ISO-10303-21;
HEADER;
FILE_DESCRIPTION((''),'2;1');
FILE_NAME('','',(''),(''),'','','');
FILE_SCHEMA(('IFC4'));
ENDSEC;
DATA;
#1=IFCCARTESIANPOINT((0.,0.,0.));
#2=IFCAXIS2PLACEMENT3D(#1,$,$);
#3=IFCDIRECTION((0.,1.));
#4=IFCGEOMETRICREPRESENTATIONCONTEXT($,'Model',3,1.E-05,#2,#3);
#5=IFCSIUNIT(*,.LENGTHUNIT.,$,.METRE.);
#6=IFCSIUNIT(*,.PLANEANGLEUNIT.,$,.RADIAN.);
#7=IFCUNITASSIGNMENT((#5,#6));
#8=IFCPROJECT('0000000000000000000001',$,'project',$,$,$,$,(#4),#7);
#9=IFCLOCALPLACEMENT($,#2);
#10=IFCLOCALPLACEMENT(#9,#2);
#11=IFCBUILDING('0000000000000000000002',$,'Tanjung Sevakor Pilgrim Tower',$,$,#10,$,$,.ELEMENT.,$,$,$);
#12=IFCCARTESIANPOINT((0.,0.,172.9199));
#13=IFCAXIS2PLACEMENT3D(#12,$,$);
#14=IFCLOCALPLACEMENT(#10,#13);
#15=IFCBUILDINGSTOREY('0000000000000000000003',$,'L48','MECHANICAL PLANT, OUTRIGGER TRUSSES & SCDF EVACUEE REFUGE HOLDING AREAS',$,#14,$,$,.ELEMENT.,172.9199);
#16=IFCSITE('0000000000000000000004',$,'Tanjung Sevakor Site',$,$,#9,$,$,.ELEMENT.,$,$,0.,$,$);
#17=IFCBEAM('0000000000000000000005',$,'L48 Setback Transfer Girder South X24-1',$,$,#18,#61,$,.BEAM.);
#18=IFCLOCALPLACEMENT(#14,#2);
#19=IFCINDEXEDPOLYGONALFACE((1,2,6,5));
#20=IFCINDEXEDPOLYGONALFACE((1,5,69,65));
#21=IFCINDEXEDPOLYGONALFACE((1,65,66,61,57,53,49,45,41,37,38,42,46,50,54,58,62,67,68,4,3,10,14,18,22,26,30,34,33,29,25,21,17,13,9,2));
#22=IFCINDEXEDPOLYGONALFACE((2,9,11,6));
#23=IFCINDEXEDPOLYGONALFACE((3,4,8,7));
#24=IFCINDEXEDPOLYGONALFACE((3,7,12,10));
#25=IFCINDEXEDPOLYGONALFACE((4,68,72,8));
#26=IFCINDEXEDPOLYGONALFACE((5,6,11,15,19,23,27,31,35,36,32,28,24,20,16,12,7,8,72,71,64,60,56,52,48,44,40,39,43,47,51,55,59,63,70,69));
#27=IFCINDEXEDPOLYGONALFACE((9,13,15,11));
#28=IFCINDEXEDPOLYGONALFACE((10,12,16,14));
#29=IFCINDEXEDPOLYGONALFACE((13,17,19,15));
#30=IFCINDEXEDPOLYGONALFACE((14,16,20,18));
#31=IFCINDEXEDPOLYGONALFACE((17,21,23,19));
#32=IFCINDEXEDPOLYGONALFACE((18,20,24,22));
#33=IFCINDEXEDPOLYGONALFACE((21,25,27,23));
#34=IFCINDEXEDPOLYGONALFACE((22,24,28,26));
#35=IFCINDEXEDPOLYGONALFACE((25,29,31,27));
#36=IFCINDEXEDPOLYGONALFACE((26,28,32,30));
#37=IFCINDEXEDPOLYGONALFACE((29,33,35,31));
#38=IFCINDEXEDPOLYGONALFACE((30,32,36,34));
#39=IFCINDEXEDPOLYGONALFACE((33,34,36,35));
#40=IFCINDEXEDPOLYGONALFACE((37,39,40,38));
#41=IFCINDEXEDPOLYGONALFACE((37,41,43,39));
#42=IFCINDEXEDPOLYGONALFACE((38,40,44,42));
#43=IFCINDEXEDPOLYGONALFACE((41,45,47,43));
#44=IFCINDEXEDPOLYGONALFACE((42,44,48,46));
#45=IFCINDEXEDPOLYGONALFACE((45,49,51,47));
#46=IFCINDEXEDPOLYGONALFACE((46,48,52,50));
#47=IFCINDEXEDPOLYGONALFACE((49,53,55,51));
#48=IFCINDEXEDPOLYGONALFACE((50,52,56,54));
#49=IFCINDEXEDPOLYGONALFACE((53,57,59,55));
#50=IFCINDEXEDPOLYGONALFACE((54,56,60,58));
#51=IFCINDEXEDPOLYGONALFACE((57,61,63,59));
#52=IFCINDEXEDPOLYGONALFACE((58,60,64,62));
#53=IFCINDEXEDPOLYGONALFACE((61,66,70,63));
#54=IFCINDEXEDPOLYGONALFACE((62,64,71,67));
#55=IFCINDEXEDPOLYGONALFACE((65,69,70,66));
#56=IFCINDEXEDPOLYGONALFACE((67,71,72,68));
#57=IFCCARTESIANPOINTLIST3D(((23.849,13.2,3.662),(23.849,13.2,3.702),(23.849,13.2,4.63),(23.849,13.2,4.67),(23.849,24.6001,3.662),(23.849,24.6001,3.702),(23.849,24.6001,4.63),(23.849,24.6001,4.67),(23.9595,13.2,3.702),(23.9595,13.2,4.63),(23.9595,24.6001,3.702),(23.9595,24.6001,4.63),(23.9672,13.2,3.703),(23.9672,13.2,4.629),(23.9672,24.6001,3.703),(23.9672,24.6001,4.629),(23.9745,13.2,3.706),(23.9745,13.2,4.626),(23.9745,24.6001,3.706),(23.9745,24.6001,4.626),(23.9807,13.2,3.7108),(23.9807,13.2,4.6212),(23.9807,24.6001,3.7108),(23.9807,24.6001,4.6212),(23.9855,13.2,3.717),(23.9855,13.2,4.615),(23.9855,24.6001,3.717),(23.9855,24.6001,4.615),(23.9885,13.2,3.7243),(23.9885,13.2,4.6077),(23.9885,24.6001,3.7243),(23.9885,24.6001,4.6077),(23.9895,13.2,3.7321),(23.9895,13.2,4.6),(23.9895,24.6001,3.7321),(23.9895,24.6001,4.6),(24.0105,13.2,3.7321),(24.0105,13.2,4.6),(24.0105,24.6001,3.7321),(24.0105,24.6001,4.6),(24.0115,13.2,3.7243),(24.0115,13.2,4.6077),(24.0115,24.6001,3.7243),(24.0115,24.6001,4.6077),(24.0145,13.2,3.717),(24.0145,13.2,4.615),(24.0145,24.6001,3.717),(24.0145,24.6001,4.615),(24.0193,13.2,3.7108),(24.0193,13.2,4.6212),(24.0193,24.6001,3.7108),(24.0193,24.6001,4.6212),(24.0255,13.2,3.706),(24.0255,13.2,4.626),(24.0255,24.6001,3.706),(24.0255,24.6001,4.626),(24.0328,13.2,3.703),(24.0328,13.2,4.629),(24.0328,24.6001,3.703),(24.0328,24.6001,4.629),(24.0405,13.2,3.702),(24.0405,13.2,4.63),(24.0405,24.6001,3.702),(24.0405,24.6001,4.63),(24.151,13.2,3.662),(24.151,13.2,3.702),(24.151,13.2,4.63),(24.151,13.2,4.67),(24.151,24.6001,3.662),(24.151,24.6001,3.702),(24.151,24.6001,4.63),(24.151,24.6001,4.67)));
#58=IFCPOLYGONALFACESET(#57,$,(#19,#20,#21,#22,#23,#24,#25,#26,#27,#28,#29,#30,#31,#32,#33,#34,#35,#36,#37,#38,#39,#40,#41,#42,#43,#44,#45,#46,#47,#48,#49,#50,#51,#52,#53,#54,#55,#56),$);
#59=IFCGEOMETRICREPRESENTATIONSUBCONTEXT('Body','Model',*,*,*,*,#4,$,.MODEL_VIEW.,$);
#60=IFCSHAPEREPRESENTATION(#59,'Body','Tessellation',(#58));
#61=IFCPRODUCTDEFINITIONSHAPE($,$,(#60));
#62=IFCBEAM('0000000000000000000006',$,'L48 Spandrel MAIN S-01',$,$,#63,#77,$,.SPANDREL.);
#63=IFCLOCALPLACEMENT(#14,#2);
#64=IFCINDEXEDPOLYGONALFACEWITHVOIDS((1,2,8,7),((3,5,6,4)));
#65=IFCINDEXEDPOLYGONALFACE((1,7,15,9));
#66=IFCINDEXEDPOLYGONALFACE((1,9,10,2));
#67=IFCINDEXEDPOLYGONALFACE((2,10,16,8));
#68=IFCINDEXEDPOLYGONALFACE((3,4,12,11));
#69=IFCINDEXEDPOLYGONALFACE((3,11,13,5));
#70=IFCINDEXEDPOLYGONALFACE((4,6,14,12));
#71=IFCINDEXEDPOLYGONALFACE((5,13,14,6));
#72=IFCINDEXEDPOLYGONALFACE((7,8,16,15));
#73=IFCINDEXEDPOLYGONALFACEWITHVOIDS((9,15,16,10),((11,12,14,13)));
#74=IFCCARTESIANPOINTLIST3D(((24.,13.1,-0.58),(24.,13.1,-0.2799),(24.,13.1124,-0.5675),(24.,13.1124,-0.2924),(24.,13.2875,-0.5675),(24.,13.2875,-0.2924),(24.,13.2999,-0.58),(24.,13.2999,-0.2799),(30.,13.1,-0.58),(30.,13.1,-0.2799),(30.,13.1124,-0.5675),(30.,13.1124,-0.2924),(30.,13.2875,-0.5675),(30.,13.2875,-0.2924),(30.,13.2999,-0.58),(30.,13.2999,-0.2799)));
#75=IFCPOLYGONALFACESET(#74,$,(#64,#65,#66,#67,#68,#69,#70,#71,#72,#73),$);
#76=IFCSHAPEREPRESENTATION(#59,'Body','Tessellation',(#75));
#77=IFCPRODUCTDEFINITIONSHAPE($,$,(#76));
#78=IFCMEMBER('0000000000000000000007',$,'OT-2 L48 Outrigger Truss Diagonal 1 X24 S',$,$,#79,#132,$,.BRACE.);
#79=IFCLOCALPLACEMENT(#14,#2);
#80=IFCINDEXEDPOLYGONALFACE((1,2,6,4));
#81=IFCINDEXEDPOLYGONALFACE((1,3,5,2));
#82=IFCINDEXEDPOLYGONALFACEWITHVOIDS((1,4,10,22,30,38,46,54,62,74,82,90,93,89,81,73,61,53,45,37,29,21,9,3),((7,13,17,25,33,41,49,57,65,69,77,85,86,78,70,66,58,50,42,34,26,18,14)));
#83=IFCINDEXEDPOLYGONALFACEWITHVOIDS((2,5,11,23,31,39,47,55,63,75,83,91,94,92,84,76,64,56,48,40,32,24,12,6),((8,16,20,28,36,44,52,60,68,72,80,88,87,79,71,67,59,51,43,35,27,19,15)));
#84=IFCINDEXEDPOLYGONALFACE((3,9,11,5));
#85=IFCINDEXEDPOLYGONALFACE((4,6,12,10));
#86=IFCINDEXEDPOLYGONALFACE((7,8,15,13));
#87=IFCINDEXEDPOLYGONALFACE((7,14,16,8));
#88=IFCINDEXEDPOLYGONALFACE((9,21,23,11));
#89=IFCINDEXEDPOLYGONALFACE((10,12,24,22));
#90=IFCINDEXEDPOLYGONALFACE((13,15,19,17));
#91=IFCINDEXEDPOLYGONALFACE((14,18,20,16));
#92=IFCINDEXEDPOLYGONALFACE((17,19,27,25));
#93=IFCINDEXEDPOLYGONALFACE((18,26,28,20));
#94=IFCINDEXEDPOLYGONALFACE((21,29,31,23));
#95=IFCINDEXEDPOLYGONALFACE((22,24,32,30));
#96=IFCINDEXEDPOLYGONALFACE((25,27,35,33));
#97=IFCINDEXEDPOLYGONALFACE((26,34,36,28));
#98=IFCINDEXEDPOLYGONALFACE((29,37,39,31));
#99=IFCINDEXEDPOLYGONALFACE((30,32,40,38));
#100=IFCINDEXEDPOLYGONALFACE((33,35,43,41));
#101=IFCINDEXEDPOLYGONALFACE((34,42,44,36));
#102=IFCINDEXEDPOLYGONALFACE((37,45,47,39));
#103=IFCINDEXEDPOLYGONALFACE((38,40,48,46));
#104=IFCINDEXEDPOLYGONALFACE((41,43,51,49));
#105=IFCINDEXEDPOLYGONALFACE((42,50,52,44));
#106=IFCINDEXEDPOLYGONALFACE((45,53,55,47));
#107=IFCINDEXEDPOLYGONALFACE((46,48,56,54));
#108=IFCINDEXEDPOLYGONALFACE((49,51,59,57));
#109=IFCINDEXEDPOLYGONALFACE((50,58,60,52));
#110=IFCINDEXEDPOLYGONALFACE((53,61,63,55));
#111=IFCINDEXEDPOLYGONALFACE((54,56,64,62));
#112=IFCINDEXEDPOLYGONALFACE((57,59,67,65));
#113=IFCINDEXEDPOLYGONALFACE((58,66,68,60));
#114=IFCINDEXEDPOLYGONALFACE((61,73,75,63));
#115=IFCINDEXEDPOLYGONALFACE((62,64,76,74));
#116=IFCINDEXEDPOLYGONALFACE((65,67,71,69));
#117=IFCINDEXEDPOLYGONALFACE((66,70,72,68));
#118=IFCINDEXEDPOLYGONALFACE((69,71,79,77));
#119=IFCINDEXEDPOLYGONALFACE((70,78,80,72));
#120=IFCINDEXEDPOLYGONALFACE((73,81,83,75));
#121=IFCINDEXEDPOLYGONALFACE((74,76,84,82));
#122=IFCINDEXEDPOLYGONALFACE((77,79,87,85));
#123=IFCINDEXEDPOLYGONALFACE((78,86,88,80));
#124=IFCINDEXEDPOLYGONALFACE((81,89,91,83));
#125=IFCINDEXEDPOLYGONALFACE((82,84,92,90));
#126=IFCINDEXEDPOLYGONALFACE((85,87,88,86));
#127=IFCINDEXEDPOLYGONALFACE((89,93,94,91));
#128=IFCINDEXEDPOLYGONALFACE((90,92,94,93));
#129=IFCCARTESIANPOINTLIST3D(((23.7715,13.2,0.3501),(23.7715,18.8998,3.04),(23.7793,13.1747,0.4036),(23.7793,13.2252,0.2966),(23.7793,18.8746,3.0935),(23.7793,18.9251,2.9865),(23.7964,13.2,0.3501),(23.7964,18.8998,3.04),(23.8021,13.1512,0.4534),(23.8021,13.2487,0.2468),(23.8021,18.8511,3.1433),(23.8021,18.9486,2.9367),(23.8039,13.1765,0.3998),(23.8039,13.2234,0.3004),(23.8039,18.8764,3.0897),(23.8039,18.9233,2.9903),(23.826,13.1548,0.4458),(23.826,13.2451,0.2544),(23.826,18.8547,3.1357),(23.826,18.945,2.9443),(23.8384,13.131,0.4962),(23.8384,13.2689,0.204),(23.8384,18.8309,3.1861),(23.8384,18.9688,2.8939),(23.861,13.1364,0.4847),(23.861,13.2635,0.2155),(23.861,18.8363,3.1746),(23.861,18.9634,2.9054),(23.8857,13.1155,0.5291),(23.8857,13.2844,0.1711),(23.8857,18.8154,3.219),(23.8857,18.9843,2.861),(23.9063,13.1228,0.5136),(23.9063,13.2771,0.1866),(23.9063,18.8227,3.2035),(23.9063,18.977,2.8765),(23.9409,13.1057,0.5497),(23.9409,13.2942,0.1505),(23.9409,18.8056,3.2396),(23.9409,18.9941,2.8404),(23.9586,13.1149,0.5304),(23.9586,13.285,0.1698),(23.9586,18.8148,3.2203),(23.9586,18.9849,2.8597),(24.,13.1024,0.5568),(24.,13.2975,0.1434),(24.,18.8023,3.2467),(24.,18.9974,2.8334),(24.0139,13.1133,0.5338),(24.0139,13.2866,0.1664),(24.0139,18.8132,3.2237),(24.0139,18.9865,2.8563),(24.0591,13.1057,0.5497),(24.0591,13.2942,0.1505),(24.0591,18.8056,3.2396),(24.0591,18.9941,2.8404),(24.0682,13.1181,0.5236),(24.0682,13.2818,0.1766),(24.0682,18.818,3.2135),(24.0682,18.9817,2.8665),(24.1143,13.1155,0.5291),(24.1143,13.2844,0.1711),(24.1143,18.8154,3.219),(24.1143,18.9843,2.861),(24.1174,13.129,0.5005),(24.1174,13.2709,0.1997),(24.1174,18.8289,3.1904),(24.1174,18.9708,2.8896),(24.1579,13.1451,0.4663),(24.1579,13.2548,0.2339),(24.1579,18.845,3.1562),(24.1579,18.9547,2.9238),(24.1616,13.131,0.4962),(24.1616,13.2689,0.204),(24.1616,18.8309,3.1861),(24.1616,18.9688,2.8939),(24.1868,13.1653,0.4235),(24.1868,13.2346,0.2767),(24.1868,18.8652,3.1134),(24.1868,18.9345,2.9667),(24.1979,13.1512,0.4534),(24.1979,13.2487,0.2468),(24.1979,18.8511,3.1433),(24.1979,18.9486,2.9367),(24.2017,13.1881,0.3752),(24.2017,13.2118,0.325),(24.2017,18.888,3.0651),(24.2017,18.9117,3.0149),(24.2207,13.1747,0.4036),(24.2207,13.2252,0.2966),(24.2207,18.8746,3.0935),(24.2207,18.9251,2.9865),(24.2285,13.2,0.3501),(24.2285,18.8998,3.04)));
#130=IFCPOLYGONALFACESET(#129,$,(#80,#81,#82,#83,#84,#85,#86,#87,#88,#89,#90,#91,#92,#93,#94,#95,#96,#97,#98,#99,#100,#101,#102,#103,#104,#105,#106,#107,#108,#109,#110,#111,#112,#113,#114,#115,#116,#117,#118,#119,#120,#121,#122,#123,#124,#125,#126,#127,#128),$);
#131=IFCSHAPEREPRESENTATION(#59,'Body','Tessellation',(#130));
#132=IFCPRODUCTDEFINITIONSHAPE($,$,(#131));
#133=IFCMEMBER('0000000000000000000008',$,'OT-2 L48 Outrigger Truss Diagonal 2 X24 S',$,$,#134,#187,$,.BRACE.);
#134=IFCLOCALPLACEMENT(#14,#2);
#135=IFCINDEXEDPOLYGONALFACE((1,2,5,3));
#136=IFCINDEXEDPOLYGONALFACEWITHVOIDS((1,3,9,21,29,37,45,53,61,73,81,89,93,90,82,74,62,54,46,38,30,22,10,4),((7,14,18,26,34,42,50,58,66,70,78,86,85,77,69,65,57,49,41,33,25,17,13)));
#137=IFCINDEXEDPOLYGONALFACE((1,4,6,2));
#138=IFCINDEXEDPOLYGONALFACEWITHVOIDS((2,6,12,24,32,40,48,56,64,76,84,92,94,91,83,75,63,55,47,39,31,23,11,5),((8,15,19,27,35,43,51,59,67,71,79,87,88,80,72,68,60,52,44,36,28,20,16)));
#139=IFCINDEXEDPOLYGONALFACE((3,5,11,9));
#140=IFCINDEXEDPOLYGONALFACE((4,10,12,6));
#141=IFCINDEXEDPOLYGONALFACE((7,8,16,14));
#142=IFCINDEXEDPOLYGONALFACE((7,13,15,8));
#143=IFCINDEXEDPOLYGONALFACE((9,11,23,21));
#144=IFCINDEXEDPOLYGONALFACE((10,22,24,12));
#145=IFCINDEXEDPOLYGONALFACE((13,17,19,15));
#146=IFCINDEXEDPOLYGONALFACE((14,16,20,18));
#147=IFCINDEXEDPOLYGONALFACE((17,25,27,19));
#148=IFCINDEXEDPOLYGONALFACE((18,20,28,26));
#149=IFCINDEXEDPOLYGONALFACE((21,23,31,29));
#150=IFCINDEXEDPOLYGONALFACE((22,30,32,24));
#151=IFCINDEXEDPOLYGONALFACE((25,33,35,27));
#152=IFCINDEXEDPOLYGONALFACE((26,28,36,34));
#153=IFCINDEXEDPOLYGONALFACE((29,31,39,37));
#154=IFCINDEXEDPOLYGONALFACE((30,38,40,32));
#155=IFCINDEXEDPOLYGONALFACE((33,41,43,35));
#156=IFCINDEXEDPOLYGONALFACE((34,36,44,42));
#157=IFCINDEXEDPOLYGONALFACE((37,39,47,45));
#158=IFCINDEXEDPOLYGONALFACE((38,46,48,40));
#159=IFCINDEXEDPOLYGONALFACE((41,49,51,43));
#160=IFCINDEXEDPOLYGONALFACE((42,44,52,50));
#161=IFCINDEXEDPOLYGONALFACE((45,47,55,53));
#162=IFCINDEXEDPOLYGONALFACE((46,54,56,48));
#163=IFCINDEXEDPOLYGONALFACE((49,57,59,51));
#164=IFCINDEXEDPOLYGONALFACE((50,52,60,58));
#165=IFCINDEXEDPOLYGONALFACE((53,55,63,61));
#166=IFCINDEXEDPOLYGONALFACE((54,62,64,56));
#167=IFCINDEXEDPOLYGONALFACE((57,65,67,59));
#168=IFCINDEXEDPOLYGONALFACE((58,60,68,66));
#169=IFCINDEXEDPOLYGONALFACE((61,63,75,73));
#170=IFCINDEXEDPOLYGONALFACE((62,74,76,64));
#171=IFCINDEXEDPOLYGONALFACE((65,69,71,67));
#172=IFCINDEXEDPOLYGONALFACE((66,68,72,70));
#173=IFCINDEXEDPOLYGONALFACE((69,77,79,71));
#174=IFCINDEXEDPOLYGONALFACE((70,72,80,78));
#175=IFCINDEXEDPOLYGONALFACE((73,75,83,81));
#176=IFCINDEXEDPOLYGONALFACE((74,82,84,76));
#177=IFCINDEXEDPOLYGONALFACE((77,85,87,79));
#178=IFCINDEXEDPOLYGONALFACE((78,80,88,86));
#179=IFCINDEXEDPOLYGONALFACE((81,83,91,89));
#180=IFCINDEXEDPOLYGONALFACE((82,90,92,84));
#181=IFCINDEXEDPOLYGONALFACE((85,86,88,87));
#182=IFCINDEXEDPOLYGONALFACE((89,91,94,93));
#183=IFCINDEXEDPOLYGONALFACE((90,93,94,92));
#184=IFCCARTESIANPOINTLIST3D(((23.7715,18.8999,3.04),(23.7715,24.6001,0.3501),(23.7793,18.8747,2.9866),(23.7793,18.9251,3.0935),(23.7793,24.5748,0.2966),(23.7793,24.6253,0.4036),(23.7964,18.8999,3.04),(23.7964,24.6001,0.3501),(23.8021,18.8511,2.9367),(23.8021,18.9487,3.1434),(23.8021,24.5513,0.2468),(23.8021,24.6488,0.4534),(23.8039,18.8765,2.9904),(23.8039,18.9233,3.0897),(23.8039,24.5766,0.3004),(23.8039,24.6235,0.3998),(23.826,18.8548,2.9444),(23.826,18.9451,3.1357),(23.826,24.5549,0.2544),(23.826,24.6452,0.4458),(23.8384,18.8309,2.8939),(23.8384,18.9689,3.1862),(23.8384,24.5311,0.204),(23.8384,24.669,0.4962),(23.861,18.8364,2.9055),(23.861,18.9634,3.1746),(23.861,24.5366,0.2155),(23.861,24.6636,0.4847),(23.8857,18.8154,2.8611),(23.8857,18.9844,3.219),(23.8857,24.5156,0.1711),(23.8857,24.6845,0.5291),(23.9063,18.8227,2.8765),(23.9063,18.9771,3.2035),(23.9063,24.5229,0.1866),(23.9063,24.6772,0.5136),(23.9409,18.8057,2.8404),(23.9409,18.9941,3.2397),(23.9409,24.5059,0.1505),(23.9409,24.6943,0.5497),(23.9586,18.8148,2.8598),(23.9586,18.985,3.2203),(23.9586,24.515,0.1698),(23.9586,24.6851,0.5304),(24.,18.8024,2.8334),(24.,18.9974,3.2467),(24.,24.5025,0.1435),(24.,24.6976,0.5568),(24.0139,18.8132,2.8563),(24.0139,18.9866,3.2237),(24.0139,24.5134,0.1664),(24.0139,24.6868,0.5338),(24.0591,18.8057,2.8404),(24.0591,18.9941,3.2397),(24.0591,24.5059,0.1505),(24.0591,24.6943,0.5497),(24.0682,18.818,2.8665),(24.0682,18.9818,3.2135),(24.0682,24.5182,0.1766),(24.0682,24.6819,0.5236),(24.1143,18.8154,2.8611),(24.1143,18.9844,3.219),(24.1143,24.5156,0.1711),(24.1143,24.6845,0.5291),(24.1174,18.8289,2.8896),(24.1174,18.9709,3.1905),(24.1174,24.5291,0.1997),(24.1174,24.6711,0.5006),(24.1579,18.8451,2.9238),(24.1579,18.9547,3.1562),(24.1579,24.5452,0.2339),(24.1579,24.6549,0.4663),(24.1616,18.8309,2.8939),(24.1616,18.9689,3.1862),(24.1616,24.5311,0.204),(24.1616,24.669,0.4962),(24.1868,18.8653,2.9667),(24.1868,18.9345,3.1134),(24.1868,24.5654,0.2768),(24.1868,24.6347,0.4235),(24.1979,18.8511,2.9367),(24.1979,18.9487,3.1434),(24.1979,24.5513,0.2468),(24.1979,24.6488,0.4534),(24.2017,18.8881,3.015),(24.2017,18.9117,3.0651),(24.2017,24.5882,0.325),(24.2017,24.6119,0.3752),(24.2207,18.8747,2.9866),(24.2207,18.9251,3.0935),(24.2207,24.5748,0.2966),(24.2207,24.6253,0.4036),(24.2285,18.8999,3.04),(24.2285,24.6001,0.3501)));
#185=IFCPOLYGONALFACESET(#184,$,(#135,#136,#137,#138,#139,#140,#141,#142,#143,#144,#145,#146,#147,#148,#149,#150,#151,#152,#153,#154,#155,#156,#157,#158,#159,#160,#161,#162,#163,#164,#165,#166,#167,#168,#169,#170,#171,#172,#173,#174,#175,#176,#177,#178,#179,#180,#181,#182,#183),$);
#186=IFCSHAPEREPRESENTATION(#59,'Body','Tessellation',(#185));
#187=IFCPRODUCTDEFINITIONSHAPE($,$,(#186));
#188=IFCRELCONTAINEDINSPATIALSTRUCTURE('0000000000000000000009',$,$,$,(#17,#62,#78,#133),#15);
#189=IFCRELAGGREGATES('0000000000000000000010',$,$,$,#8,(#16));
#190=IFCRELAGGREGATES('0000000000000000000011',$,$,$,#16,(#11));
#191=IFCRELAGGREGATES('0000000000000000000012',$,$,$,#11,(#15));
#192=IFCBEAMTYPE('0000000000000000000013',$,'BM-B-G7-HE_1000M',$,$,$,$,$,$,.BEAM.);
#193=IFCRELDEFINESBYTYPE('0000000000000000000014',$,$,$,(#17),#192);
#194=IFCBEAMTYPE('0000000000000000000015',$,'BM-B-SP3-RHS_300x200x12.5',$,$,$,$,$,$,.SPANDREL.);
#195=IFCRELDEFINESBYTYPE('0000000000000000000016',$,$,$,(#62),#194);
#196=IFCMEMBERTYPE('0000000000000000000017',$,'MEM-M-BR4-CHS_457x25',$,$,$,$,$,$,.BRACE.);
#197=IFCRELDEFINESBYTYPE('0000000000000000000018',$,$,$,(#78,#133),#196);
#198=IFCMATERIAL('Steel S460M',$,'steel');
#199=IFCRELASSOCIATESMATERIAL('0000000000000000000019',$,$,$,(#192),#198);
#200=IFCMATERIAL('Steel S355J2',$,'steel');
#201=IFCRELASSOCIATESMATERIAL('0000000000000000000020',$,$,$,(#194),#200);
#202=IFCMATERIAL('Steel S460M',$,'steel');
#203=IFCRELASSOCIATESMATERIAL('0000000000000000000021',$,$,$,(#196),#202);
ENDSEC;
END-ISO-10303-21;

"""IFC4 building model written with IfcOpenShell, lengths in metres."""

from ifc_helpers import new_model, si_unit, direction, frame, origin, origin_2d, place, context, subcontext, project, spatial, hollow_rectangle, hollow_circle, i_section, extrude, material, material_profile, profile_set, type_object, element, save


model = new_model("IFC4")

# Units and contexts
model_context = context("Model", 3, precision=1e-05, world=origin(), true_north=direction((0.0, 1.0)))
body_context = subcontext(model_context, "Body", "Model", "MODEL_VIEW")
ifc_project = project(units=[si_unit("LENGTHUNIT", "METRE"), si_unit("PLANEANGLEUNIT", "RADIAN")], contexts=[model_context])

# Site, building, storey
site_placement = place(None, origin())
site = spatial("IfcSite", under=ifc_project, at=site_placement, Name="Tanjung Sevakor Site", CompositionType="ELEMENT", RefElevation=0.0)
building_placement = place(site_placement, origin())
building = spatial("IfcBuilding", under=site, at=building_placement, Name="Tanjung Sevakor Pilgrim Tower", CompositionType="ELEMENT")
storey_placement = place(building_placement, frame((0.0, 0.0, 172.9199)))
storey = spatial("IfcBuildingStorey", under=building, at=storey_placement, Name="L48", Description="MECHANICAL PLANT, OUTRIGGER TRUSSES & SCDF EVACUEE REFUGE HOLDING AREAS", CompositionType="ELEMENT", Elevation=172.9199)

# Beams
ifc_material_1 = material(Name="Steel S460M", Category="steel")
ifc_material_profile_1 = material_profile(ifc_material_1, i_section(OverallWidth=0.302, OverallDepth=1.0081, WebThickness=0.021, FlangeThickness=0.04, FilletRadius=0.03, at=origin_2d()))
ifc_profile_set_1 = profile_set([ifc_material_profile_1], Name="Steel S460M")
beam_type_1 = type_object("IfcBeamType", Name="BM-B-G7-HE_1000M", PredefinedType="BEAM", material=ifc_profile_set_1)
beam_1_placement = place(storey_placement, frame((24.0, 13.2, 4.166), z_axis=(0.0, 1.0, 0.0), x_axis=(-1.0, 0.0, 0.0)))
element("IfcBeam", 1, at=beam_1_placement, inside=storey, type_object=beam_type_1, Name="L48 Setback Transfer Girder South X24-1", PredefinedType="BEAM", context=body_context, shape_type="SweptSolid", body=[
    extrude(i_section(OverallWidth=0.302, OverallDepth=1.0081, WebThickness=0.021, FlangeThickness=0.04, FilletRadius=0.03, at=origin_2d()), origin(), (0.0, 0.0, 1.0), 11.4001),
])
ifc_material_2 = material(Name="Steel S355J2", Category="steel")
ifc_material_profile_2 = material_profile(ifc_material_2, hollow_rectangle(XDim=0.2, YDim=0.3, WallThickness=0.0125, at=origin_2d()))
ifc_profile_set_2 = profile_set([ifc_material_profile_2], Name="Steel S355J2")
beam_type_2 = type_object("IfcBeamType", Name="BM-B-SP3-RHS_300x200x12.5", PredefinedType="SPANDREL", material=ifc_profile_set_2)
beam_2_placement = place(storey_placement, frame((24.0, 13.2, -0.4299), z_axis=(1.0, 0.0, 0.0), x_axis=(0.0, 1.0, 0.0)))
element("IfcBeam", 2, at=beam_2_placement, inside=storey, type_object=beam_type_2, Name="L48 Spandrel MAIN S-01", PredefinedType="SPANDREL", context=body_context, shape_type="SweptSolid", body=[
    extrude(hollow_rectangle(XDim=0.2, YDim=0.3, WallThickness=0.0125, at=origin_2d()), origin(), (0.0, 0.0, 1.0), 6.0),
])

# Members
ifc_material_3 = material(Name="Steel S460M", Category="steel")
ifc_material_profile_3 = material_profile(ifc_material_3, hollow_circle(Radius=0.2285, WallThickness=0.0249, at=origin_2d()))
ifc_profile_set_3 = profile_set([ifc_material_profile_3], Name="Steel S460M")
member_type_1 = type_object("IfcMemberType", Name="MEM-M-BR4-CHS_457x25", PredefinedType="BRACE", material=ifc_profile_set_3)
member_1_placement = place(storey_placement, frame((24.0, 13.2, 0.3501), z_axis=(0.0, 0.904353, 0.426785), x_axis=(-1.0, 0.0, 0.0)))
element("IfcMember", 3, at=member_1_placement, inside=storey, type_object=member_type_1, Name="OT-2 L48 Outrigger Truss Diagonal 1 X24 S", PredefinedType="BRACE", context=body_context, shape_type="SweptSolid", body=[
    extrude(hollow_circle(Radius=0.2285, WallThickness=0.0249, at=origin_2d()), origin(), (0.0, 0.0, 1.0), 6.3027),
])
member_2_placement = place(storey_placement, frame((24.0, 18.8999, 3.04), z_axis=(0.0, 0.90436, -0.426771), x_axis=(-1.0, 0.0, 0.0)))
element("IfcMember", 4, at=member_2_placement, inside=storey, type_object=member_type_1, Name="OT-2 L48 Outrigger Truss Diagonal 2 X24 S", PredefinedType="BRACE", context=body_context, shape_type="SweptSolid", body=[
    extrude(hollow_circle(Radius=0.2285, WallThickness=0.0249, at=origin_2d()), origin(), (0.0, 0.0, 1.0), 6.303),
])

save(model, "model.ifc")
